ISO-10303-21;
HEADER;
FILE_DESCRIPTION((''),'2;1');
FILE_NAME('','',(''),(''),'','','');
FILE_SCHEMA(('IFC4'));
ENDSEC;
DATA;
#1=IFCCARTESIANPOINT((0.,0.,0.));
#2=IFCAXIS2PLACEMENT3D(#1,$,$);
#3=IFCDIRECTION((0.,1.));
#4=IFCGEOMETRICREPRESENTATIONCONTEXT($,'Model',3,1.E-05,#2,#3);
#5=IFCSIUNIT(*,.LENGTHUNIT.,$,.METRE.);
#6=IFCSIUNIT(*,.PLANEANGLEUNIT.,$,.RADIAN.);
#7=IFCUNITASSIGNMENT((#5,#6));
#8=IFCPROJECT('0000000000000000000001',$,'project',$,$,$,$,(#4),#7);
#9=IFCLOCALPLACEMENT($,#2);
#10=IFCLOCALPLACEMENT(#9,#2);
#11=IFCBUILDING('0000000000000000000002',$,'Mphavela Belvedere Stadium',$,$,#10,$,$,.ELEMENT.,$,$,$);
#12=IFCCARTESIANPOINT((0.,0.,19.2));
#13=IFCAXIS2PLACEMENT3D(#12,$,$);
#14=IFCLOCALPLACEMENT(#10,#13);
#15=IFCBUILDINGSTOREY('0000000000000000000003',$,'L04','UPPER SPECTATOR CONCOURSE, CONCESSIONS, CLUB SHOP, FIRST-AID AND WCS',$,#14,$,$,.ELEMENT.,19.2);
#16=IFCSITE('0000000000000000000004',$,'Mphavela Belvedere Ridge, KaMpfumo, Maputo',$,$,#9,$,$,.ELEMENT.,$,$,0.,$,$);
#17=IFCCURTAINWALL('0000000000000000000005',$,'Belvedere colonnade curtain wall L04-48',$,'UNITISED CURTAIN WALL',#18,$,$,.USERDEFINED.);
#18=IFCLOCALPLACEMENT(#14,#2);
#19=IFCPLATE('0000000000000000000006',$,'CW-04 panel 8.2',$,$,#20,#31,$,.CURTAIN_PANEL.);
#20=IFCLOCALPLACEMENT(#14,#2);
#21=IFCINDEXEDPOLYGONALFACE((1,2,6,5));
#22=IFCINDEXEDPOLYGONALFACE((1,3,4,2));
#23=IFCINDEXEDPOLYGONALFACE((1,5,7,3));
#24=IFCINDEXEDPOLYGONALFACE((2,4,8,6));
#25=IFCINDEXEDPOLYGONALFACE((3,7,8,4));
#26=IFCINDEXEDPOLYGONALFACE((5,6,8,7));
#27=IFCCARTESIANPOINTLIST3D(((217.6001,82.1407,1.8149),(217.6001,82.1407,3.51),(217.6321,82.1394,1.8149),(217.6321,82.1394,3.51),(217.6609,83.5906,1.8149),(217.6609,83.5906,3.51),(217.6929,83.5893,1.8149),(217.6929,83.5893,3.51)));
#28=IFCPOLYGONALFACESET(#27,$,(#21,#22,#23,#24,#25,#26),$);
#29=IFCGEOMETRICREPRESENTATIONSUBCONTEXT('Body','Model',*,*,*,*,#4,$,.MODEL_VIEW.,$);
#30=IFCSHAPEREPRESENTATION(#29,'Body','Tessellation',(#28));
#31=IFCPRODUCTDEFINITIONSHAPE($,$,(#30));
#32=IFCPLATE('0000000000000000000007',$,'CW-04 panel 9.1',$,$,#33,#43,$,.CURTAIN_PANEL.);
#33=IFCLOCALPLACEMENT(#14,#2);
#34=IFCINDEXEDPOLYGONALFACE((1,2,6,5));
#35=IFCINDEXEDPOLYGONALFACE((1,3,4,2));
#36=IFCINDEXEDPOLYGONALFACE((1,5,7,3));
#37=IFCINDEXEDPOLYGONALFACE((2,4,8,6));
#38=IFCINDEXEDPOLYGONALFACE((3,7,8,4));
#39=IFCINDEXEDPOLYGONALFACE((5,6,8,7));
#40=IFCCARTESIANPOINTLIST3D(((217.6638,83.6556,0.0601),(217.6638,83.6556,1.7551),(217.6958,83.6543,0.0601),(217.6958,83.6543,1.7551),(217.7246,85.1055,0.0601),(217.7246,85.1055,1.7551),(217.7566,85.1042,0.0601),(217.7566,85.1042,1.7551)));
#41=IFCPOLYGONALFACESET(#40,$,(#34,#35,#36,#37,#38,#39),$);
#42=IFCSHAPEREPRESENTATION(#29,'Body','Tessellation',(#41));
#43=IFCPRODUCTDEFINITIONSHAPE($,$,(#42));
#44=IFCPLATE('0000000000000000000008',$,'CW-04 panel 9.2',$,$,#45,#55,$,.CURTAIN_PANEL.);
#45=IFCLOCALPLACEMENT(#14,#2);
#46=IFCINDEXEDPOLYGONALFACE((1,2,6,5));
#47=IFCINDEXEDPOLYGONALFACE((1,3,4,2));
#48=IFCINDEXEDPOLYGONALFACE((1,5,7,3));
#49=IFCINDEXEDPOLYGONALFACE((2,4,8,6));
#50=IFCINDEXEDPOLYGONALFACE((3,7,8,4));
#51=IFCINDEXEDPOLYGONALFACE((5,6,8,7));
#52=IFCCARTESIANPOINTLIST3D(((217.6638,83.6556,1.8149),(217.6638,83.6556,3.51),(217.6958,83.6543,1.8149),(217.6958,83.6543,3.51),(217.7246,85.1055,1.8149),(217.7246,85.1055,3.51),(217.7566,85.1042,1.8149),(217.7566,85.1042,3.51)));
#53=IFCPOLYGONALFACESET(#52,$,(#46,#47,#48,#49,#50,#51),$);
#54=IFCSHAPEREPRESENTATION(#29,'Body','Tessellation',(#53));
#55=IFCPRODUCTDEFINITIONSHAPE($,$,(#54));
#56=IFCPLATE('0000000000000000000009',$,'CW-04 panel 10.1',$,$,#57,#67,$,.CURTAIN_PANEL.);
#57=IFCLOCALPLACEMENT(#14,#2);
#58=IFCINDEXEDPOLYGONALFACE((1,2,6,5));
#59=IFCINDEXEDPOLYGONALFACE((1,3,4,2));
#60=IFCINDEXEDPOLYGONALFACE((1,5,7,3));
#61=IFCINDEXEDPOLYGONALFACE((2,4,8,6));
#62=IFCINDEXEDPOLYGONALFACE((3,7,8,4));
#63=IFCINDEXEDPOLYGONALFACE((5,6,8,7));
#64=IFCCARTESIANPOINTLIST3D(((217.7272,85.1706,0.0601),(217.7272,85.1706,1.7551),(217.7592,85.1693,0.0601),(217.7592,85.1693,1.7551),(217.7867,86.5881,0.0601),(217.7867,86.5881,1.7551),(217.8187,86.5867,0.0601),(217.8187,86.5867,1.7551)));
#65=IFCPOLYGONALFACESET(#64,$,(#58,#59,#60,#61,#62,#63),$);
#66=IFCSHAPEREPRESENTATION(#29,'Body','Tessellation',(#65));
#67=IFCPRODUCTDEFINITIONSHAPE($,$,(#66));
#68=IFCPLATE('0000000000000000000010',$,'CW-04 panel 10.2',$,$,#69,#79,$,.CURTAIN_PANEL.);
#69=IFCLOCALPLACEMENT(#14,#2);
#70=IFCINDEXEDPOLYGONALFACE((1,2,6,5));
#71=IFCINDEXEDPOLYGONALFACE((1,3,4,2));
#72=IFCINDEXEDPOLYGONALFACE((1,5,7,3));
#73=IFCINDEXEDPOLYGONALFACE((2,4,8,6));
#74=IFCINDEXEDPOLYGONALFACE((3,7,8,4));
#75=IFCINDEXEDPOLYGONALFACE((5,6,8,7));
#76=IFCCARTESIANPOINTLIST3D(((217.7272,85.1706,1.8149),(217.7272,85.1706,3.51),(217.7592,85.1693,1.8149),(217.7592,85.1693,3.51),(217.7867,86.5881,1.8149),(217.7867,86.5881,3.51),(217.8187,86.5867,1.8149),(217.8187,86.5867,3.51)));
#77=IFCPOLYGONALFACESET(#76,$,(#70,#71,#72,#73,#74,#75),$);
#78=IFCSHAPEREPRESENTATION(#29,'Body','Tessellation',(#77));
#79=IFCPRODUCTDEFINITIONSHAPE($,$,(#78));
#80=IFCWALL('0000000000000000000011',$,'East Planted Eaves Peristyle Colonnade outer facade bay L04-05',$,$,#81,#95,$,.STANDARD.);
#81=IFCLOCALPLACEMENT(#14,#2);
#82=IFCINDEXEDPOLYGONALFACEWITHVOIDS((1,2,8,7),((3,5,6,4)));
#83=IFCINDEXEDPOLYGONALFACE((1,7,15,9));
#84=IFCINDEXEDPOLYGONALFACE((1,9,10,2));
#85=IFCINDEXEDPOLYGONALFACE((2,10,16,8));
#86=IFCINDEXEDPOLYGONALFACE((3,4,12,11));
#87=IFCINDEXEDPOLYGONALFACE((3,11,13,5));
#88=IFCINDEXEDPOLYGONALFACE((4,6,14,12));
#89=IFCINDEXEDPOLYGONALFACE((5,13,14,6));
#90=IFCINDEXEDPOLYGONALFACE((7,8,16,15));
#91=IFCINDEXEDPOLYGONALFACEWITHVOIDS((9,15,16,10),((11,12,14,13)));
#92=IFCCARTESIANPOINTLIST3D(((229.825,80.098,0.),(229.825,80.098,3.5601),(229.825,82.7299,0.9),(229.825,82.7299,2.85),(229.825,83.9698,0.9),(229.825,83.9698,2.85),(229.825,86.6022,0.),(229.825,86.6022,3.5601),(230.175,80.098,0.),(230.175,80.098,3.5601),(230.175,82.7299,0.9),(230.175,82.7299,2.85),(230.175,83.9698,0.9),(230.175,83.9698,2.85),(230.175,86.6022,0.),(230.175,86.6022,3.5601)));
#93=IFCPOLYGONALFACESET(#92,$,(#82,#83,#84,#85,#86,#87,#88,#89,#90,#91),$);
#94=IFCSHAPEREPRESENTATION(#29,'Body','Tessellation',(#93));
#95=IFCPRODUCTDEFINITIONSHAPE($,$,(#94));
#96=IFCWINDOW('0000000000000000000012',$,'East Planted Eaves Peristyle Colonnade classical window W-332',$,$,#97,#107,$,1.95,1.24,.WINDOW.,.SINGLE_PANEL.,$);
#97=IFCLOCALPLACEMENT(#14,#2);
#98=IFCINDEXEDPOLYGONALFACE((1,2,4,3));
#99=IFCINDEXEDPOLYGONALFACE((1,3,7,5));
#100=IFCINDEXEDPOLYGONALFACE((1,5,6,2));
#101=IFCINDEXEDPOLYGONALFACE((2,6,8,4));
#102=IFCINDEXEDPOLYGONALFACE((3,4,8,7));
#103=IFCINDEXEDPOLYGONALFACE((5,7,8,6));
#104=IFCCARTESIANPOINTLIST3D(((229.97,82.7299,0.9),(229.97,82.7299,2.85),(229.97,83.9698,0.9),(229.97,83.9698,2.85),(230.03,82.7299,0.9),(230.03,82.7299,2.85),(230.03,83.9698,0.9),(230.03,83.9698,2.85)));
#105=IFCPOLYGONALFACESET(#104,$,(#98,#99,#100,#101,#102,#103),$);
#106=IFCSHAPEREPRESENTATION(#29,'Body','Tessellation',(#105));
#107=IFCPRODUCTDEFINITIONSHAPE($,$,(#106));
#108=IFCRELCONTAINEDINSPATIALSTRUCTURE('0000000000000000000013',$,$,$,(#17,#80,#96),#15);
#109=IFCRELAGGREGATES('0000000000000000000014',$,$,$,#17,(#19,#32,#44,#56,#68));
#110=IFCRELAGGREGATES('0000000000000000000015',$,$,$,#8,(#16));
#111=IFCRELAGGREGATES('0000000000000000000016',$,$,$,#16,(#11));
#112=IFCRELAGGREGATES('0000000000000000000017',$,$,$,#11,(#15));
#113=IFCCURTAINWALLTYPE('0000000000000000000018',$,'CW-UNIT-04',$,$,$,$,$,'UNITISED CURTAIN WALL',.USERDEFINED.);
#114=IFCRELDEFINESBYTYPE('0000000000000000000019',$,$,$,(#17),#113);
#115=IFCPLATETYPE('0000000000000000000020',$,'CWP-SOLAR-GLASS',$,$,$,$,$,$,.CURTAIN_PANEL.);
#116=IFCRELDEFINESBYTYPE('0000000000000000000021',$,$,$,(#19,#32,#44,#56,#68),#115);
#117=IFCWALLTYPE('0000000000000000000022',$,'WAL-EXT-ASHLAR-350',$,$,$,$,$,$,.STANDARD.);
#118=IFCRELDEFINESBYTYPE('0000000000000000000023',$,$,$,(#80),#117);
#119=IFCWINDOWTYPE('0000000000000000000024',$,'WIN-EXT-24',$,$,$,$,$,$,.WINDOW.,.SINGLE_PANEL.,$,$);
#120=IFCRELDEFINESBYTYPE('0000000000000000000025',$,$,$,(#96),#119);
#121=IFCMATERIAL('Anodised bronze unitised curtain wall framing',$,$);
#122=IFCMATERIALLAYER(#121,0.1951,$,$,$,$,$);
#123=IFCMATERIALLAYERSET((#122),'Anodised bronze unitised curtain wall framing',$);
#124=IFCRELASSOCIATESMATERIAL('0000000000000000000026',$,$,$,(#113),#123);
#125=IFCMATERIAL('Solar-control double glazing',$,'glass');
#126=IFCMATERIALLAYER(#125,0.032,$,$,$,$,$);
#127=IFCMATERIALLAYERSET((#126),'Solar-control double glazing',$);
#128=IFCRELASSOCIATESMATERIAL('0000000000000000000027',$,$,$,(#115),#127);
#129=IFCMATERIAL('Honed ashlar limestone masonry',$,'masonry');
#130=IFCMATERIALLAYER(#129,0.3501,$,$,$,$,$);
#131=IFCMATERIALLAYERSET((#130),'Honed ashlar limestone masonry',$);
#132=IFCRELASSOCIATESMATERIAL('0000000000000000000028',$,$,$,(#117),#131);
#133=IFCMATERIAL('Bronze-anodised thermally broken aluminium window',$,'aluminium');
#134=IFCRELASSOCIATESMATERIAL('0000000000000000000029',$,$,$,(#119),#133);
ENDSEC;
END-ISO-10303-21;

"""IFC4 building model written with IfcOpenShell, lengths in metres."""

from ifc_helpers import new_model, si_unit, direction, frame, frame_2d, origin, origin_2d, place, context, subcontext, project, spatial, rectangle, extrude, material, layer, layer_set, type_object, element, fill, aggregate, save


model = new_model("IFC4")

# Units and contexts
model_context = context("Model", 3, precision=1e-05, world=origin(), true_north=direction((0.0, 1.0)))
body_context = subcontext(model_context, "Body", "Model", "MODEL_VIEW")
ifc_project = project(units=[si_unit("LENGTHUNIT", "METRE"), si_unit("PLANEANGLEUNIT", "RADIAN")], contexts=[model_context])

# Site, building, storey
site_placement = place(None, origin())
site = spatial("IfcSite", under=ifc_project, at=site_placement, Name="Mphavela Belvedere Ridge, KaMpfumo, Maputo", CompositionType="ELEMENT", RefElevation=0.0)
building_placement = place(site_placement, origin())
building = spatial("IfcBuilding", under=site, at=building_placement, Name="Mphavela Belvedere Stadium", CompositionType="ELEMENT")
storey_placement = place(building_placement, frame((0.0, 0.0, 19.2)))
storey = spatial("IfcBuildingStorey", under=building, at=storey_placement, Name="L04", Description="UPPER SPECTATOR CONCOURSE, CONCESSIONS, CLUB SHOP, FIRST-AID AND WCS", CompositionType="ELEMENT", Elevation=19.2)

# Curtain wall
ifc_material_1 = material(Name="Anodised bronze unitised curtain wall framing")
ifc_layer_1 = layer(ifc_material_1, 0.1951)
ifc_layer_set_1 = layer_set([ifc_layer_1], Name="Anodised bronze unitised curtain wall framing")
curtain_wall_type_1 = type_object("IfcCurtainWallType", Name="CW-UNIT-04", ElementType="UNITISED CURTAIN WALL", PredefinedType="USERDEFINED", material=ifc_layer_set_1)
curtain_wall_1_placement = place(storey_placement, origin())
curtain_wall_1 = element("IfcCurtainWall", 1, at=curtain_wall_1_placement, inside=storey, type_object=curtain_wall_type_1, Name="Belvedere colonnade curtain wall L04-48", ObjectType="UNITISED CURTAIN WALL", PredefinedType="USERDEFINED")

# Plates
ifc_material_2 = material(Name="Solar-control double glazing", Category="glass")
ifc_layer_2 = layer(ifc_material_2, 0.032)
ifc_layer_set_2 = layer_set([ifc_layer_2], Name="Solar-control double glazing")
plate_type = type_object("IfcPlateType", Name="CWP-SOLAR-GLASS", PredefinedType="CURTAIN_PANEL", material=ifc_layer_set_2)
plate_1_placement = place(storey_placement, frame((217.6465, 82.865, 1.8149), z_axis=(0.0, 0.0, 1.0), x_axis=(0.041905, 0.999122, 0.0)))
plate_1 = element("IfcPlate", 2, at=plate_1_placement, type_object=plate_type, Name="CW-04 panel 8.2", PredefinedType="CURTAIN_PANEL", context=body_context, shape_type="SweptSolid", body=[
    extrude(rectangle(XDim=1.4512, YDim=0.032, at=origin_2d()), origin(), (0.0, 0.0, 1.0), 1.6951),
])
plate_2_placement = place(storey_placement, frame((217.7102, 84.3799, 0.0601), z_axis=(0.0, 0.0, 1.0), x_axis=(0.041905, 0.999122, 0.0)))
plate_2 = element("IfcPlate", 3, at=plate_2_placement, type_object=plate_type, Name="CW-04 panel 9.1", PredefinedType="CURTAIN_PANEL", context=body_context, shape_type="SweptSolid", body=[
    extrude(rectangle(XDim=1.4512, YDim=0.032, at=origin_2d()), origin(), (0.0, 0.0, 1.0), 1.6951),
])
plate_3_placement = place(storey_placement, frame((217.7102, 84.3799, 1.8149), z_axis=(0.0, 0.0, 1.0), x_axis=(0.041905, 0.999122, 0.0)))
plate_3 = element("IfcPlate", 4, at=plate_3_placement, type_object=plate_type, Name="CW-04 panel 9.2", PredefinedType="CURTAIN_PANEL", context=body_context, shape_type="SweptSolid", body=[
    extrude(rectangle(XDim=1.4512, YDim=0.032, at=origin_2d()), origin(), (0.0, 0.0, 1.0), 1.6951),
])
plate_4_placement = place(storey_placement, frame((217.7729, 85.8787, 0.0601), z_axis=(0.0, 0.0, 1.0), x_axis=(0.041905, 0.999122, 0.0)))
plate_4 = element("IfcPlate", 5, at=plate_4_placement, type_object=plate_type, Name="CW-04 panel 10.1", PredefinedType="CURTAIN_PANEL", context=body_context, shape_type="SweptSolid", body=[
    extrude(rectangle(XDim=1.4187, YDim=0.032, at=origin_2d()), origin(), (0.0, 0.0, 1.0), 1.6951),
])
plate_5_placement = place(storey_placement, frame((217.7729, 85.8787, 1.8149), z_axis=(0.0, 0.0, 1.0), x_axis=(0.041905, 0.999122, 0.0)))
plate_5 = element("IfcPlate", 6, at=plate_5_placement, type_object=plate_type, Name="CW-04 panel 10.2", PredefinedType="CURTAIN_PANEL", context=body_context, shape_type="SweptSolid", body=[
    extrude(rectangle(XDim=1.4187, YDim=0.032, at=origin_2d()), origin(), (0.0, 0.0, 1.0), 1.6951),
])
aggregate(curtain_wall_1, [plate_1, plate_2, plate_3, plate_4, plate_5])

# Wall, opening, window
ifc_material_3 = material(Name="Honed ashlar limestone masonry", Category="masonry")
ifc_layer_3 = layer(ifc_material_3, 0.3501)
ifc_layer_set_3 = layer_set([ifc_layer_3], Name="Honed ashlar limestone masonry")
wall_type = type_object("IfcWallType", Name="WAL-EXT-ASHLAR-350", PredefinedType="STANDARD", material=ifc_layer_set_3)
wall_placement = place(storey_placement, frame((230.0, 86.6021, 0.0), z_axis=(0.0, 0.0, 1.0), x_axis=(0.0, -1.0, 0.0)))
wall = element("IfcWall", 7, at=wall_placement, inside=storey, type_object=wall_type, Name="East Planted Eaves Peristyle Colonnade outer facade bay L04-05", PredefinedType="STANDARD", context=body_context, shape_type="SweptSolid", body=[
    extrude(rectangle(XDim=6.5042, YDim=0.3501, at=frame_2d((3.252, 0.0))), origin(), (0.0, 0.0, 1.0), 3.5601),
])
opening_placement = place(wall_placement, frame((2.6321, 0.0, 0.8999)))
opening = element("IfcOpeningElement", 8, at=opening_placement, cuts=wall, PredefinedType="OPENING", context=body_context, shape_type="SweptSolid", body=[
    extrude(rectangle(XDim=1.24, YDim=1.95, at=frame_2d((0.6201, 0.9751))), frame((0.0, 0.1851, 0.0), z_axis=(0.0, -1.0, 0.0), x_axis=(1.0, 0.0, 0.0)), (0.0, 0.0, 1.0), 0.3701),
])
ifc_material_4 = material(Name="Bronze-anodised thermally broken aluminium window", Category="aluminium")
window_type = type_object("IfcWindowType", Name="WIN-EXT-24", PartitioningType="SINGLE_PANEL", PredefinedType="WINDOW", material=ifc_material_4)
window_placement = place(opening_placement, origin())
window = element("IfcWindow", 9, at=window_placement, inside=storey, type_object=window_type, Name="East Planted Eaves Peristyle Colonnade classical window W-332", OverallHeight=1.95, OverallWidth=1.24, PartitioningType="SINGLE_PANEL", PredefinedType="WINDOW", context=body_context, shape_type="SweptSolid", body=[
    extrude(rectangle(XDim=1.24, YDim=1.95, at=frame_2d((0.6201, 0.9751))), frame((0.0, 0.03, 0.0), z_axis=(0.0, -1.0, 0.0), x_axis=(1.0, 0.0, 0.0)), (0.0, 0.0, 1.0), 0.0601),
])
fill(opening, window)

save(model, "model.ifc")
